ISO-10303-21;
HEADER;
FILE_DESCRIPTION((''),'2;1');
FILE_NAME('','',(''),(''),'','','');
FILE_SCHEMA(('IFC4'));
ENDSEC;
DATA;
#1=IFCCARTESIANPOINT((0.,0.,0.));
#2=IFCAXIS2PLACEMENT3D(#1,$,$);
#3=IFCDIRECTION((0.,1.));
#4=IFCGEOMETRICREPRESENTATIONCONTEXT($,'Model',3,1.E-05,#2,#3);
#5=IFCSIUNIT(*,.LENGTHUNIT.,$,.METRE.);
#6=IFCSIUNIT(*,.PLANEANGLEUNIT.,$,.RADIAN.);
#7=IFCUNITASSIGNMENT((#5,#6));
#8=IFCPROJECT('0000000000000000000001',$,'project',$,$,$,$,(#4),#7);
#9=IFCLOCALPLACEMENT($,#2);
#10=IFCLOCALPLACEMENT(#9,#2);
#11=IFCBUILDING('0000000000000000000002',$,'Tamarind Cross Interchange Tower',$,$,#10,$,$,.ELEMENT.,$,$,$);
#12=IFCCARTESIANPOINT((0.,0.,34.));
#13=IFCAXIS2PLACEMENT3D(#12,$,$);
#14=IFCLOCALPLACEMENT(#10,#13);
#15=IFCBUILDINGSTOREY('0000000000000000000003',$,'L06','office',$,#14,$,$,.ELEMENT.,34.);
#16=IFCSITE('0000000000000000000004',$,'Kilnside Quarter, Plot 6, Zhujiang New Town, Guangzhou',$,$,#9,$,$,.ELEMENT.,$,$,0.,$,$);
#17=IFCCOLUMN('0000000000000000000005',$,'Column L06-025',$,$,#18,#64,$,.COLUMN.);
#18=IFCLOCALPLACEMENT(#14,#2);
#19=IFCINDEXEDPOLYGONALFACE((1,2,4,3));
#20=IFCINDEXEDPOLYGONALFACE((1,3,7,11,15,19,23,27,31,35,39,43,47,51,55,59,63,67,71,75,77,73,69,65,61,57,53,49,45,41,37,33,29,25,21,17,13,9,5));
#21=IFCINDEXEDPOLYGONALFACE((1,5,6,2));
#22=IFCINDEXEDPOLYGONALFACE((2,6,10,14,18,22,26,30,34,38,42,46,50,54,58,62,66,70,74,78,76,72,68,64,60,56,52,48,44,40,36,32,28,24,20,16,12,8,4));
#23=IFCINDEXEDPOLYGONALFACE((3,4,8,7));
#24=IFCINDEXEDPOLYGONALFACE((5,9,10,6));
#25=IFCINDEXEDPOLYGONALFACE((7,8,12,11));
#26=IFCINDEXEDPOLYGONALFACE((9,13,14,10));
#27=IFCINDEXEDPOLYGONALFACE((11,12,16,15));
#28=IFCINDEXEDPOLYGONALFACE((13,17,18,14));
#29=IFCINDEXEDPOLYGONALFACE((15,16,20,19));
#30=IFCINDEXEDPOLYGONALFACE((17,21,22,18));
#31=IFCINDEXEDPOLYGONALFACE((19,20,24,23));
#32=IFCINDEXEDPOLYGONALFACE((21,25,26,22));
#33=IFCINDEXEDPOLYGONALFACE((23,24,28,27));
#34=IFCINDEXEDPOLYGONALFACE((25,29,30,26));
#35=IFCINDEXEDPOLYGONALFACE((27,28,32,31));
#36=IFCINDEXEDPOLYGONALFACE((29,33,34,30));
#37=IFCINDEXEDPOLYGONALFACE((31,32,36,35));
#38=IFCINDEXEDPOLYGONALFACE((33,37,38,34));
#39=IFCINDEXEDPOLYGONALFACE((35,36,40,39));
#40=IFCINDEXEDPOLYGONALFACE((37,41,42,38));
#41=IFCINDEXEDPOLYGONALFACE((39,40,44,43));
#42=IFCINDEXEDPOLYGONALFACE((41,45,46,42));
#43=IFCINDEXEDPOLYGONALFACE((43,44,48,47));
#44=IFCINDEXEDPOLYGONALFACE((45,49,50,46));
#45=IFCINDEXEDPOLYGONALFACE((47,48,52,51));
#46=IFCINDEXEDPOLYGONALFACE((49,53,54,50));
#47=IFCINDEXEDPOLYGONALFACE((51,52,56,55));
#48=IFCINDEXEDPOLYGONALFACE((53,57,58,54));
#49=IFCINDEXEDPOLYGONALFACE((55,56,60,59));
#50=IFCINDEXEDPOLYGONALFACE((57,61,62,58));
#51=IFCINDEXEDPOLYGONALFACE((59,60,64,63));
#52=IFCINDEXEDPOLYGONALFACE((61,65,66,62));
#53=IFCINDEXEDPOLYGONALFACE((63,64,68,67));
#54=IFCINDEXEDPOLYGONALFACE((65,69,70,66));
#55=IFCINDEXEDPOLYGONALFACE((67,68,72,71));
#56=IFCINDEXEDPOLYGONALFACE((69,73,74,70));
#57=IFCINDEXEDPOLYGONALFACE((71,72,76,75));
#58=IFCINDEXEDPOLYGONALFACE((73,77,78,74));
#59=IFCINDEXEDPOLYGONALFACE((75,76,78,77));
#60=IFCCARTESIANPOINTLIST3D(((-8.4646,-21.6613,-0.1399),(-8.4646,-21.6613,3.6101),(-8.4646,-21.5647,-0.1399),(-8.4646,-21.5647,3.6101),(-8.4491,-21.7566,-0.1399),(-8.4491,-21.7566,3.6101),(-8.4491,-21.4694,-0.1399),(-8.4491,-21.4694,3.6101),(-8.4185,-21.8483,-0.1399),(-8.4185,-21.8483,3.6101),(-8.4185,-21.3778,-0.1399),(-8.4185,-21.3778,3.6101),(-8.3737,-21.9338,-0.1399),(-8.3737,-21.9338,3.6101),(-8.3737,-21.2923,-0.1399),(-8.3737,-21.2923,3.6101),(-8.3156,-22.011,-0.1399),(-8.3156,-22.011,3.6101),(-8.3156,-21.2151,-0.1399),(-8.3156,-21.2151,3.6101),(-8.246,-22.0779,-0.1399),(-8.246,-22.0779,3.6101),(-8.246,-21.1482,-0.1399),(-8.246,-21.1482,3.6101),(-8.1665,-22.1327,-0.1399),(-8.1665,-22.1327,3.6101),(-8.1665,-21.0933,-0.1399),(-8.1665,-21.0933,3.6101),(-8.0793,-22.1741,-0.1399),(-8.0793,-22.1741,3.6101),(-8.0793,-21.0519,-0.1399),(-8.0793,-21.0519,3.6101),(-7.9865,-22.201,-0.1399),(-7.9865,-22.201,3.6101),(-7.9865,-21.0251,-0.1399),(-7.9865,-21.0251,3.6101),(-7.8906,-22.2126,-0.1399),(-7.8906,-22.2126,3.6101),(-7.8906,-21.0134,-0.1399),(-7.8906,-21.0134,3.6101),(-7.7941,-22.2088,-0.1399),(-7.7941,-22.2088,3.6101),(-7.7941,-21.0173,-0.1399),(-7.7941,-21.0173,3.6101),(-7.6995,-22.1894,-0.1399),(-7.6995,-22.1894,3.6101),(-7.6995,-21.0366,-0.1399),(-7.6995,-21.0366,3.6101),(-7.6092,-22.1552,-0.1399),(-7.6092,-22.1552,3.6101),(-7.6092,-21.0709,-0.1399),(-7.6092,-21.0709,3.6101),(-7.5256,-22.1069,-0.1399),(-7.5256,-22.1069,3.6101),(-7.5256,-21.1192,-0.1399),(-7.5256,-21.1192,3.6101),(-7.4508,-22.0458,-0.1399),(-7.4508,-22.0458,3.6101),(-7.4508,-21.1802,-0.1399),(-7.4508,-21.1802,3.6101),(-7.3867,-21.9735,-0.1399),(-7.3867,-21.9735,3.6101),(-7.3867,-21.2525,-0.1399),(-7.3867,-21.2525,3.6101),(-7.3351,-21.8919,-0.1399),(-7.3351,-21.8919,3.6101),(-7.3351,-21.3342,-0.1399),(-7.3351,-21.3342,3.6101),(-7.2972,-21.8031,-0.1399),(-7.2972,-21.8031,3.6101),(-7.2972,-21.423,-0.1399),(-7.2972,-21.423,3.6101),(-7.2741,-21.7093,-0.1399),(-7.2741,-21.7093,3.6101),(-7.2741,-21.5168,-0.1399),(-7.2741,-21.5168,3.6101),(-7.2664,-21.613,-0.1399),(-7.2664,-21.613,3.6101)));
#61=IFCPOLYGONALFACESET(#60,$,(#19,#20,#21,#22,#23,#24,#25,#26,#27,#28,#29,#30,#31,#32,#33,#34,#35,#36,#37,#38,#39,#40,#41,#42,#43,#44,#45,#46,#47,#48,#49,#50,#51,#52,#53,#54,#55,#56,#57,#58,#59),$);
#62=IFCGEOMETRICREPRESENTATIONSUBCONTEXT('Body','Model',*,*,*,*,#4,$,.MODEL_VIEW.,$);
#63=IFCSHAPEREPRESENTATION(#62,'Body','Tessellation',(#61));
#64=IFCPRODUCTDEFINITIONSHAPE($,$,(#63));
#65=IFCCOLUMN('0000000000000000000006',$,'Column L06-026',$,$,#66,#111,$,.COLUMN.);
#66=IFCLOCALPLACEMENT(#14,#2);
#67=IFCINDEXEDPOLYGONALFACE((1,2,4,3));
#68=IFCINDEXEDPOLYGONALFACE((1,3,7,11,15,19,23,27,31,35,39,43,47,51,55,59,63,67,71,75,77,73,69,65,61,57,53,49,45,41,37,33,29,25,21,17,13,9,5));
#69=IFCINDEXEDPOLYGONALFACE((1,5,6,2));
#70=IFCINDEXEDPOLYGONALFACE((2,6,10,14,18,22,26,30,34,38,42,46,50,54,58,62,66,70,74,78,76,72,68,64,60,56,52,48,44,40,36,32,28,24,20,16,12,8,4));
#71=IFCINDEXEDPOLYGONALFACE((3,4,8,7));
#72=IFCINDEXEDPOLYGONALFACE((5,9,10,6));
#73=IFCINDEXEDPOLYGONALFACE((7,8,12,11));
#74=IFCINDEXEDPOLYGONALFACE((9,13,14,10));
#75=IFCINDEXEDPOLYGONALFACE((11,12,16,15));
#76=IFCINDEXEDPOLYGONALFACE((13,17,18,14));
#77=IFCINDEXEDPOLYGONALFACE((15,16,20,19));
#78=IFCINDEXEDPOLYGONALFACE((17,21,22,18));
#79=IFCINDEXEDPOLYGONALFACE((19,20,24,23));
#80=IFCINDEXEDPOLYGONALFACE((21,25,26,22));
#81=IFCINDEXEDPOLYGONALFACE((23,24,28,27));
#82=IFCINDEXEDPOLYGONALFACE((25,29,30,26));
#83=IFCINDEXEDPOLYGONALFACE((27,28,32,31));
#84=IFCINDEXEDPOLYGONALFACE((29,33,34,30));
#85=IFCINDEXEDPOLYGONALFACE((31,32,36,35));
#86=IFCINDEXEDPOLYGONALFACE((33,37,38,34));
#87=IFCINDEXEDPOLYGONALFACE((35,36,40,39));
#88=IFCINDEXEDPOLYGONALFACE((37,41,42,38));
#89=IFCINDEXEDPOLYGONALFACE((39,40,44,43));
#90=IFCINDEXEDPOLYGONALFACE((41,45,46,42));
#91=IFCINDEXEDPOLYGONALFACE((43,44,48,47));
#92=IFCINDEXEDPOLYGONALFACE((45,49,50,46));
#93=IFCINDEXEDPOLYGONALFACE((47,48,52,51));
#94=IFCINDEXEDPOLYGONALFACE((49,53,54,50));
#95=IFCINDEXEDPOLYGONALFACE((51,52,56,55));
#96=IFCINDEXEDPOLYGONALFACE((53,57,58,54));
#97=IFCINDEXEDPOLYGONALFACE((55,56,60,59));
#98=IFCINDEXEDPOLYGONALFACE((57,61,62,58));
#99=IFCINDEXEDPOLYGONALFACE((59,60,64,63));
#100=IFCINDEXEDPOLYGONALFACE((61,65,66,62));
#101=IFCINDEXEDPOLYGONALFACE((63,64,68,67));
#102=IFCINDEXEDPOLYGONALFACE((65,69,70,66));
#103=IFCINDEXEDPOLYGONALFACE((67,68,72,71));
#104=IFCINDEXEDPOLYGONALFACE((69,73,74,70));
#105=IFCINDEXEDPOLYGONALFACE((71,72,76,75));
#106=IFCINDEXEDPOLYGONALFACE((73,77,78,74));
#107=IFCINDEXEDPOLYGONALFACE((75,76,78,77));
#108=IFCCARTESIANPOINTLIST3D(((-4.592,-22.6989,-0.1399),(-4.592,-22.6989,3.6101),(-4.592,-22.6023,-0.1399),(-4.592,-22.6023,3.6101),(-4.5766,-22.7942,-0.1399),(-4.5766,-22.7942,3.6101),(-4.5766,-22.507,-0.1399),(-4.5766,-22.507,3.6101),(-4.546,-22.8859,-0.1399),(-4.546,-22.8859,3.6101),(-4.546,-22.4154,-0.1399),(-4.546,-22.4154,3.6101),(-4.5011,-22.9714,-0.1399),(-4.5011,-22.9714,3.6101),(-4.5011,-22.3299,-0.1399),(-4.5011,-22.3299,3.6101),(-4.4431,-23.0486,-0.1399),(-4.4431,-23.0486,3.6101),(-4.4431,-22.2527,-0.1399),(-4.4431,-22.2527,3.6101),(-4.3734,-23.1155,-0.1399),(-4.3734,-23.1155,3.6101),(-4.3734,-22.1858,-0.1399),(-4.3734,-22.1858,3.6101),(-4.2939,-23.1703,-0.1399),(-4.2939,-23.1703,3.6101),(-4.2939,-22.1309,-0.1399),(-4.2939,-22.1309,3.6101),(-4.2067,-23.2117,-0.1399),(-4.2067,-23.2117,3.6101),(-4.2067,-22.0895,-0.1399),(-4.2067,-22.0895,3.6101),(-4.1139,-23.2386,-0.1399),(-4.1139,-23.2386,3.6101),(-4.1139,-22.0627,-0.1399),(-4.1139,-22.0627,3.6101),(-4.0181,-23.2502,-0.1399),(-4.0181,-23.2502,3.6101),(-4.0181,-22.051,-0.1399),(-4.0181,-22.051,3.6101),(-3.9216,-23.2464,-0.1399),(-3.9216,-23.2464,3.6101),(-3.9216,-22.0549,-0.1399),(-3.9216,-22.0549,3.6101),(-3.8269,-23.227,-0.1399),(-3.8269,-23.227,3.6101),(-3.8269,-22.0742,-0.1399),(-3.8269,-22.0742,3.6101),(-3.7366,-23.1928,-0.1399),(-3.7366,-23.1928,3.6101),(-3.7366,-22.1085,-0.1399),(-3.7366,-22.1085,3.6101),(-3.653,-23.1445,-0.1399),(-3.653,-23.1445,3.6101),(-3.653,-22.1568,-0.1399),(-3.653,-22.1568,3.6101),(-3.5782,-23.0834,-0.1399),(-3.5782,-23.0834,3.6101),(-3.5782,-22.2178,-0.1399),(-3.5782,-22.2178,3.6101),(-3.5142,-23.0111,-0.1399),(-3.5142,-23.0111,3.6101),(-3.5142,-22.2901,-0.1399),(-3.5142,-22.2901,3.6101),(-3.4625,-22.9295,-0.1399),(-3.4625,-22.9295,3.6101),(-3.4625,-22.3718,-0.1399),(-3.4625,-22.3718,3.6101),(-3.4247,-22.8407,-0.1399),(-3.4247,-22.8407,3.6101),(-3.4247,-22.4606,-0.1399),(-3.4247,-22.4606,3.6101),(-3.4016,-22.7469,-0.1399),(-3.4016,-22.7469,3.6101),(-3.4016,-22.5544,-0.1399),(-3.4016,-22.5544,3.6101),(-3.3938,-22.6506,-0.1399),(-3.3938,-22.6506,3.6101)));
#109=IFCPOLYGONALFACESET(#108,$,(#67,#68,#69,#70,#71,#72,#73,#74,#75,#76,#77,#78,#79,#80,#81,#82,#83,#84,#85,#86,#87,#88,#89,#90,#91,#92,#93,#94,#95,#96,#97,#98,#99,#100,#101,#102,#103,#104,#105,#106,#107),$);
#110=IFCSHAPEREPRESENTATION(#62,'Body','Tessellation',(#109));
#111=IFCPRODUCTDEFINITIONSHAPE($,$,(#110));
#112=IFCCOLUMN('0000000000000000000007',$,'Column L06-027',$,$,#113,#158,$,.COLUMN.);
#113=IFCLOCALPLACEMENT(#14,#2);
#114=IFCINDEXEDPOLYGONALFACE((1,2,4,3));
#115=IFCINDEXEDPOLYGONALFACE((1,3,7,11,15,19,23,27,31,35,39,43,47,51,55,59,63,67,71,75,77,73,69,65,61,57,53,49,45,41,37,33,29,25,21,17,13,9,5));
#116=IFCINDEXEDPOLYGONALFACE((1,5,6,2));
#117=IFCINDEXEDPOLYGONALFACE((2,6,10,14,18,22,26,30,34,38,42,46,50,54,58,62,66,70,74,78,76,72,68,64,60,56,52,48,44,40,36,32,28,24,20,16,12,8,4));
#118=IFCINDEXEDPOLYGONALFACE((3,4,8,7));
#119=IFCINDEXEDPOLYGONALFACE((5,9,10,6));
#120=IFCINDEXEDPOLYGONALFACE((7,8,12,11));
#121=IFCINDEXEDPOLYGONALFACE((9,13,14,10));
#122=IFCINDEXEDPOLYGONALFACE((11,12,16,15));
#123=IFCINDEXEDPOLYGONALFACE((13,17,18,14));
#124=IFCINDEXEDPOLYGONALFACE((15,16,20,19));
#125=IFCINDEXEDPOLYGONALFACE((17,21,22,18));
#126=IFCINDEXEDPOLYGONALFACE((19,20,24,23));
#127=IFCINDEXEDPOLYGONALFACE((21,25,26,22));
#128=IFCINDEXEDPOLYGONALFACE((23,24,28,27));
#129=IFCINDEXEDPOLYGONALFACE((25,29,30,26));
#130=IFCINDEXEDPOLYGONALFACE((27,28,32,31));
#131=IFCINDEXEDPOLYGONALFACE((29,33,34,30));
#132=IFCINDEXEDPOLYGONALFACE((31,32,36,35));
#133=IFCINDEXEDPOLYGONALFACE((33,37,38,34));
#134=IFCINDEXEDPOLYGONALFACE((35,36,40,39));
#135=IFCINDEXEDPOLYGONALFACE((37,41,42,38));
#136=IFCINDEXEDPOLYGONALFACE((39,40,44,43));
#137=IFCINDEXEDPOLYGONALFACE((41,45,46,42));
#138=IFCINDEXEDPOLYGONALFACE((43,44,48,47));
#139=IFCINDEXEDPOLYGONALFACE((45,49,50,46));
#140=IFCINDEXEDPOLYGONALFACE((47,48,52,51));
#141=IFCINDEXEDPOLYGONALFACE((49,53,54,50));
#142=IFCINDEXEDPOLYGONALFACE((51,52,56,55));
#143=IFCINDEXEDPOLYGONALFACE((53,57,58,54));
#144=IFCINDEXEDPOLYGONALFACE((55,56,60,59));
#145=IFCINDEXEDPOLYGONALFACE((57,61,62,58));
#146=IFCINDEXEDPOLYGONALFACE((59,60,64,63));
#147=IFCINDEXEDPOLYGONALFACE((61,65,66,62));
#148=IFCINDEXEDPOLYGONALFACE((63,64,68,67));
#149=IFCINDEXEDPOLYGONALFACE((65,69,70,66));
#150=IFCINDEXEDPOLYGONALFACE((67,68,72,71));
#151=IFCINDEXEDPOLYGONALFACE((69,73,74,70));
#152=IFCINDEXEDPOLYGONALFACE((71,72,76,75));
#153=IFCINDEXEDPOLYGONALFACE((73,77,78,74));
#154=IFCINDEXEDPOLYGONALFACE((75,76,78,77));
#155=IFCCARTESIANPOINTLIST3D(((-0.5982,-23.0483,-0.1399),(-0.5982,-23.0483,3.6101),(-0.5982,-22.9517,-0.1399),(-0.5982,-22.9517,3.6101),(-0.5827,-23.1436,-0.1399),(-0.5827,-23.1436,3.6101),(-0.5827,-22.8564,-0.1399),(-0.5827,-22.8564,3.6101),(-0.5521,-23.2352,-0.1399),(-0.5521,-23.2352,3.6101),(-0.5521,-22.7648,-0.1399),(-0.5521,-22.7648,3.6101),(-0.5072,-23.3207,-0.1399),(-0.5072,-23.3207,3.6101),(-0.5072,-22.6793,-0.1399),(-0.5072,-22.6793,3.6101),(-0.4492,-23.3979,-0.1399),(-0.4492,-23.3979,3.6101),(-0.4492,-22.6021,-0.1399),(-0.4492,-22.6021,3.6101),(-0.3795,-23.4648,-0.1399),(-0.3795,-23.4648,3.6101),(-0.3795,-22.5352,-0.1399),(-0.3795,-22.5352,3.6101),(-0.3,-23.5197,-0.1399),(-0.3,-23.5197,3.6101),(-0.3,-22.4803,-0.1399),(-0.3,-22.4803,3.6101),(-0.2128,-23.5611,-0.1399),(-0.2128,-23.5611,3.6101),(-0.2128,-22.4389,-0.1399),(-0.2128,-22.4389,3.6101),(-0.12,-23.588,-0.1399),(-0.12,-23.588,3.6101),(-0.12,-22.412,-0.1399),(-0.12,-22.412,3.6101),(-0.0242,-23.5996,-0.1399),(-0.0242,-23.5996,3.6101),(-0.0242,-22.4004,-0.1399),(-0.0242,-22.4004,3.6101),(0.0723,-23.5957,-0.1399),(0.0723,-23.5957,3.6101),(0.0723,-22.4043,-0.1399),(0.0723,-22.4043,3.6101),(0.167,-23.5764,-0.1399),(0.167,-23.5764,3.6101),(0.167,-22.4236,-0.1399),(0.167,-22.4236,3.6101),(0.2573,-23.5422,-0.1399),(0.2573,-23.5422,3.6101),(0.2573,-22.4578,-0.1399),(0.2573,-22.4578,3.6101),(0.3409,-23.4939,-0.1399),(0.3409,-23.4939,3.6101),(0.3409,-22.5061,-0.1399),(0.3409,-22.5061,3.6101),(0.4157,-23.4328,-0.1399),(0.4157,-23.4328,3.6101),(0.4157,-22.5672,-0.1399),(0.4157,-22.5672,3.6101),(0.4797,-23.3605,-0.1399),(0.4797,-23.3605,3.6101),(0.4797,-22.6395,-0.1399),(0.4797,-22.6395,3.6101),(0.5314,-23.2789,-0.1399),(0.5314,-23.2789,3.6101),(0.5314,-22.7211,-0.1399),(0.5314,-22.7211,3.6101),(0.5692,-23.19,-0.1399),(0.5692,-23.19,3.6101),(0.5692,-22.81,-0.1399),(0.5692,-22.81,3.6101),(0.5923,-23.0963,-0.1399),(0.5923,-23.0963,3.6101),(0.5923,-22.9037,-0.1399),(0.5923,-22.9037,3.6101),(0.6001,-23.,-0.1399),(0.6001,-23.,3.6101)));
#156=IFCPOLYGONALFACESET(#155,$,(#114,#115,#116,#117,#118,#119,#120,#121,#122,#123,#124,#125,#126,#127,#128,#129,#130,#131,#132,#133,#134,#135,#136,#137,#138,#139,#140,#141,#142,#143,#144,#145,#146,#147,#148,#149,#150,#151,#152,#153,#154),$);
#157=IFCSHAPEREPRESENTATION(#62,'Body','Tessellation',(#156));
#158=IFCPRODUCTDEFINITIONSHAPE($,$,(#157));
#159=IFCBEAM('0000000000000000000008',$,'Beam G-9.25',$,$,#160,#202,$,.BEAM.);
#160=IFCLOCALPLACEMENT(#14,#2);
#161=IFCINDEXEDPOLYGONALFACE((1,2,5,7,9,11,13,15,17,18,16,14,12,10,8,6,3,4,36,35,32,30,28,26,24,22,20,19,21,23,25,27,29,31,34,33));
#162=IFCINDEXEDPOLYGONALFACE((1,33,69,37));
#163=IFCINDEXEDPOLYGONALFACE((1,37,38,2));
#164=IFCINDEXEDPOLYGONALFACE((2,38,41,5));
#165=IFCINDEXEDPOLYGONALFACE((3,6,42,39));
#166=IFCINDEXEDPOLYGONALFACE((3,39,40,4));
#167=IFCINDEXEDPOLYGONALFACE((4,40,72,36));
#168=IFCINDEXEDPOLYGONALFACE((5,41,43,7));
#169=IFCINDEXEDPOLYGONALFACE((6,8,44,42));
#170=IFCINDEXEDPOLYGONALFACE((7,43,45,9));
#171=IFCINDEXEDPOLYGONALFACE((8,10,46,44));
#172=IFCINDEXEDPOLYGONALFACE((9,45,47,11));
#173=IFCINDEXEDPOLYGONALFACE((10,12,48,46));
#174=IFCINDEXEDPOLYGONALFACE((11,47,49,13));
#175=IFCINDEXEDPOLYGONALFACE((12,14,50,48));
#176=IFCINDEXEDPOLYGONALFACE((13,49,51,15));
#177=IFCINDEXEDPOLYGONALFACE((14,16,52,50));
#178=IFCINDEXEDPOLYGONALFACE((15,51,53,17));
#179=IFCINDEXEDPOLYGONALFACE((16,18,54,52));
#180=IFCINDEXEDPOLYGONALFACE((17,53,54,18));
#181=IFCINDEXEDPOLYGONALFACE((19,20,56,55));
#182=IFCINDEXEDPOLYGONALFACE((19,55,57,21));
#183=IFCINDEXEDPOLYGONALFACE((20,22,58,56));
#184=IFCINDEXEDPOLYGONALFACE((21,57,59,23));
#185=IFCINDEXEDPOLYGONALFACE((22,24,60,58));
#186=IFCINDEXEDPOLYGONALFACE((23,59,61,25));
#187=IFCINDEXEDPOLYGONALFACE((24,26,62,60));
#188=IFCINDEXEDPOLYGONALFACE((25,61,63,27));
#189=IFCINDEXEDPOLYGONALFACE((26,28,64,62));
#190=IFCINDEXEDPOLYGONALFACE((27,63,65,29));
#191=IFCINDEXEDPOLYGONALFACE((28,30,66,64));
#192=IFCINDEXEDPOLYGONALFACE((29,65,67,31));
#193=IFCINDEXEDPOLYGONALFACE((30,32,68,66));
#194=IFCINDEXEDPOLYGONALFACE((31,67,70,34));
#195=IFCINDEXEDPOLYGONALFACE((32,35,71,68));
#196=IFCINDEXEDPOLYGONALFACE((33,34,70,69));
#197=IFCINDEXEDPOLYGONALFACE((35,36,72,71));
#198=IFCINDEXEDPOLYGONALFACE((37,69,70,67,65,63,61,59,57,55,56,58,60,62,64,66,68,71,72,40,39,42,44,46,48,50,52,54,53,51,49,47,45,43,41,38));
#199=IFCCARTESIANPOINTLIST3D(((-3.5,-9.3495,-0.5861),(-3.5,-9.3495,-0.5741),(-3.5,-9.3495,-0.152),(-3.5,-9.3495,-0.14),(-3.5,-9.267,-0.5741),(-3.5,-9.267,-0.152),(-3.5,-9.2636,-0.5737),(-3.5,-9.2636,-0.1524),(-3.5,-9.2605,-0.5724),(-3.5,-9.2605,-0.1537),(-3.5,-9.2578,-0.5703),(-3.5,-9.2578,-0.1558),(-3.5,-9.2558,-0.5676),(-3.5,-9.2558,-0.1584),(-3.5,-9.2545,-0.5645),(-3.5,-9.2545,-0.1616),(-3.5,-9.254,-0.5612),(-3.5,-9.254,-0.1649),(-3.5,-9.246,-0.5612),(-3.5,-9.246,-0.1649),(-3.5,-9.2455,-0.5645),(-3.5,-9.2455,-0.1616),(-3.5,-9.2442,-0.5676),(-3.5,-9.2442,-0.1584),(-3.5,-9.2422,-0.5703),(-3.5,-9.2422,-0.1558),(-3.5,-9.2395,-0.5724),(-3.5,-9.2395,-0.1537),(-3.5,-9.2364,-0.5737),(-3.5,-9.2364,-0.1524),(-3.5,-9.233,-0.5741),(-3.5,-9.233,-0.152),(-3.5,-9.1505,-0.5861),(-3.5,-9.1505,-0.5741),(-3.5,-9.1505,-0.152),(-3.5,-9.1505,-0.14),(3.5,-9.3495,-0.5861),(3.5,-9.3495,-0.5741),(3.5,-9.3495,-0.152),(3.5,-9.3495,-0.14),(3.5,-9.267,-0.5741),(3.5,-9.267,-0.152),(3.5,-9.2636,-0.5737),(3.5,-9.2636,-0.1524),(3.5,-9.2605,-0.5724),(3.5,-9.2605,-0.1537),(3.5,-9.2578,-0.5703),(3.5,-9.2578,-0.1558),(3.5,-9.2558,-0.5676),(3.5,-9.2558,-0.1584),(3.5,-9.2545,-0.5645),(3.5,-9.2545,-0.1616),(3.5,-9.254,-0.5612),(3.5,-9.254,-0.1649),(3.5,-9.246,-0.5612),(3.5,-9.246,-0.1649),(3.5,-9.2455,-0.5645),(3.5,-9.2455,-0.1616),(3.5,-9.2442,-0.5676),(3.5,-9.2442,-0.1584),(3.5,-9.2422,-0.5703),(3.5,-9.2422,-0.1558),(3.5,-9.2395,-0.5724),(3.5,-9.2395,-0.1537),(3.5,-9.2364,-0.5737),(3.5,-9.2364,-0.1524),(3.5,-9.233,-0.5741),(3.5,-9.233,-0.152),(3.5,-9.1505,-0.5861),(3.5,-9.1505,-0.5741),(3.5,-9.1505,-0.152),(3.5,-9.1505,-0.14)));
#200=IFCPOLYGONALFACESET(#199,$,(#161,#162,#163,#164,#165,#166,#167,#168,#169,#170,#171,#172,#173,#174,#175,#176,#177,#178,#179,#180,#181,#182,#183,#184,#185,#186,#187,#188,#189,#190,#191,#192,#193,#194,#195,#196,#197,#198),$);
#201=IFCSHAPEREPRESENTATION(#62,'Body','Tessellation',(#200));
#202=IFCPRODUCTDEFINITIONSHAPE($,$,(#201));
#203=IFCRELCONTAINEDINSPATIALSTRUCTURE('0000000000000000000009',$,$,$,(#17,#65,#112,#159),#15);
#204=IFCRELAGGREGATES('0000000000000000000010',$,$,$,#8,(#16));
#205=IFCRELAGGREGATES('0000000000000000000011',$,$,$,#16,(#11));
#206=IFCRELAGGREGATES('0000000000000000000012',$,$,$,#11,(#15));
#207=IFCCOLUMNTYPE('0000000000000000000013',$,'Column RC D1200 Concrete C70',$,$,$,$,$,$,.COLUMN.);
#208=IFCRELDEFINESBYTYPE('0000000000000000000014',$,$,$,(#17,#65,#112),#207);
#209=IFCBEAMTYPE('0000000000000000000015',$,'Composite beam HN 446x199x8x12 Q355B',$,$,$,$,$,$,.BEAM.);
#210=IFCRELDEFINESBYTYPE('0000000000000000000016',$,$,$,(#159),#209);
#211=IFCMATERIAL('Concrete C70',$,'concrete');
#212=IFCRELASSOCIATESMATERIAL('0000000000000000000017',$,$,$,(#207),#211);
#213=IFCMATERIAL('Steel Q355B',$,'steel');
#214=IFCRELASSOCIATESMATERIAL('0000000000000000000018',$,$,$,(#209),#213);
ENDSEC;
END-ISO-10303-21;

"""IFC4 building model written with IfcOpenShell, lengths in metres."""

from ifc_helpers import new_model, si_unit, direction, frame, origin, origin_2d, place, context, subcontext, project, spatial, circle, i_section, extrude, material, material_profile, profile_set, type_object, element, save


model = new_model("IFC4")

# Units and contexts
model_context = context("Model", 3, precision=1e-05, world=origin(), true_north=direction((0.0, 1.0)))
body_context = subcontext(model_context, "Body", "Model", "MODEL_VIEW")
ifc_project = project(units=[si_unit("LENGTHUNIT", "METRE"), si_unit("PLANEANGLEUNIT", "RADIAN")], contexts=[model_context])

# Site, building, storey
site_placement = place(None, origin())
site = spatial("IfcSite", under=ifc_project, at=site_placement, Name="Kilnside Quarter, Plot 6, Zhujiang New Town, Guangzhou", CompositionType="ELEMENT", RefElevation=0.0)
building_placement = place(site_placement, origin())
building = spatial("IfcBuilding", under=site, at=building_placement, Name="Tamarind Cross Interchange Tower", CompositionType="ELEMENT")
storey_placement = place(building_placement, frame((0.0, 0.0, 34.0)))
storey = spatial("IfcBuildingStorey", under=building, at=storey_placement, Name="L06", Description="office", CompositionType="ELEMENT", Elevation=34.0)

# Columns
ifc_material_1 = material(Name="Concrete C70", Category="concrete")
ifc_material_profile_1 = material_profile(ifc_material_1, circle(Radius=0.6001, at=origin_2d()), Name="RC D1200")
ifc_profile_set_1 = profile_set([ifc_material_profile_1], Name="Concrete C70")
column_type = type_object("IfcColumnType", Name="Column RC D1200 Concrete C70", PredefinedType="COLUMN", material=ifc_profile_set_1)
for number, where, z_axis, x_axis, name in (
    (1, (-7.8665, -21.613, -0.1399), (0.0, 0.0, 1.0), (1.0, 0.0, 0.0), "Column L06-025"),
    (2, (-3.9939, -22.6506, -0.1399), (0.0, 0.0, 1.0), (1.0, 0.0, 0.0), "Column L06-026"),
    (3, (0.0, -23.0, -0.1399), (0.0, 0.0, 1.0), (1.0, 0.0, 0.0), "Column L06-027"),
):
    element("IfcColumn", number, at=place(storey_placement, frame(where, z_axis=z_axis, x_axis=x_axis)), inside=storey, type_object=column_type, Name=name, PredefinedType="COLUMN", context=body_context, shape_type="SweptSolid", body=[
        extrude(circle(Radius=0.6001, at=origin_2d()), origin(), (0.0, 0.0, 1.0), 3.75),
    ])

# Beam
ifc_material_2 = material(Name="Steel Q355B", Category="steel")
ifc_material_profile_2 = material_profile(ifc_material_2, i_section(OverallWidth=0.199, OverallDepth=0.446, WebThickness=0.0081, FlangeThickness=0.012, FilletRadius=0.0129, at=origin_2d()), Name="HN 446x199x8x12")
ifc_profile_set_2 = profile_set([ifc_material_profile_2], Name="Steel Q355B")
beam_type_1 = type_object("IfcBeamType", Name="Composite beam HN 446x199x8x12 Q355B", PredefinedType="BEAM", material=ifc_profile_set_2)
beam_1_placement = place(storey_placement, frame((-3.5, -9.25, -0.363), z_axis=(1.0, 0.0, 0.0), x_axis=(0.0, 1.0, 0.0)))
element("IfcBeam", 4, at=beam_1_placement, inside=storey, type_object=beam_type_1, Name="Beam G-9.25", PredefinedType="BEAM", context=body_context, shape_type="SweptSolid", body=[
    extrude(i_section(OverallWidth=0.199, OverallDepth=0.446, WebThickness=0.0081, FlangeThickness=0.012, FilletRadius=0.0129, at=origin_2d()), origin(), (0.0, 0.0, 1.0), 7.0),
])

save(model, "model.ifc")
